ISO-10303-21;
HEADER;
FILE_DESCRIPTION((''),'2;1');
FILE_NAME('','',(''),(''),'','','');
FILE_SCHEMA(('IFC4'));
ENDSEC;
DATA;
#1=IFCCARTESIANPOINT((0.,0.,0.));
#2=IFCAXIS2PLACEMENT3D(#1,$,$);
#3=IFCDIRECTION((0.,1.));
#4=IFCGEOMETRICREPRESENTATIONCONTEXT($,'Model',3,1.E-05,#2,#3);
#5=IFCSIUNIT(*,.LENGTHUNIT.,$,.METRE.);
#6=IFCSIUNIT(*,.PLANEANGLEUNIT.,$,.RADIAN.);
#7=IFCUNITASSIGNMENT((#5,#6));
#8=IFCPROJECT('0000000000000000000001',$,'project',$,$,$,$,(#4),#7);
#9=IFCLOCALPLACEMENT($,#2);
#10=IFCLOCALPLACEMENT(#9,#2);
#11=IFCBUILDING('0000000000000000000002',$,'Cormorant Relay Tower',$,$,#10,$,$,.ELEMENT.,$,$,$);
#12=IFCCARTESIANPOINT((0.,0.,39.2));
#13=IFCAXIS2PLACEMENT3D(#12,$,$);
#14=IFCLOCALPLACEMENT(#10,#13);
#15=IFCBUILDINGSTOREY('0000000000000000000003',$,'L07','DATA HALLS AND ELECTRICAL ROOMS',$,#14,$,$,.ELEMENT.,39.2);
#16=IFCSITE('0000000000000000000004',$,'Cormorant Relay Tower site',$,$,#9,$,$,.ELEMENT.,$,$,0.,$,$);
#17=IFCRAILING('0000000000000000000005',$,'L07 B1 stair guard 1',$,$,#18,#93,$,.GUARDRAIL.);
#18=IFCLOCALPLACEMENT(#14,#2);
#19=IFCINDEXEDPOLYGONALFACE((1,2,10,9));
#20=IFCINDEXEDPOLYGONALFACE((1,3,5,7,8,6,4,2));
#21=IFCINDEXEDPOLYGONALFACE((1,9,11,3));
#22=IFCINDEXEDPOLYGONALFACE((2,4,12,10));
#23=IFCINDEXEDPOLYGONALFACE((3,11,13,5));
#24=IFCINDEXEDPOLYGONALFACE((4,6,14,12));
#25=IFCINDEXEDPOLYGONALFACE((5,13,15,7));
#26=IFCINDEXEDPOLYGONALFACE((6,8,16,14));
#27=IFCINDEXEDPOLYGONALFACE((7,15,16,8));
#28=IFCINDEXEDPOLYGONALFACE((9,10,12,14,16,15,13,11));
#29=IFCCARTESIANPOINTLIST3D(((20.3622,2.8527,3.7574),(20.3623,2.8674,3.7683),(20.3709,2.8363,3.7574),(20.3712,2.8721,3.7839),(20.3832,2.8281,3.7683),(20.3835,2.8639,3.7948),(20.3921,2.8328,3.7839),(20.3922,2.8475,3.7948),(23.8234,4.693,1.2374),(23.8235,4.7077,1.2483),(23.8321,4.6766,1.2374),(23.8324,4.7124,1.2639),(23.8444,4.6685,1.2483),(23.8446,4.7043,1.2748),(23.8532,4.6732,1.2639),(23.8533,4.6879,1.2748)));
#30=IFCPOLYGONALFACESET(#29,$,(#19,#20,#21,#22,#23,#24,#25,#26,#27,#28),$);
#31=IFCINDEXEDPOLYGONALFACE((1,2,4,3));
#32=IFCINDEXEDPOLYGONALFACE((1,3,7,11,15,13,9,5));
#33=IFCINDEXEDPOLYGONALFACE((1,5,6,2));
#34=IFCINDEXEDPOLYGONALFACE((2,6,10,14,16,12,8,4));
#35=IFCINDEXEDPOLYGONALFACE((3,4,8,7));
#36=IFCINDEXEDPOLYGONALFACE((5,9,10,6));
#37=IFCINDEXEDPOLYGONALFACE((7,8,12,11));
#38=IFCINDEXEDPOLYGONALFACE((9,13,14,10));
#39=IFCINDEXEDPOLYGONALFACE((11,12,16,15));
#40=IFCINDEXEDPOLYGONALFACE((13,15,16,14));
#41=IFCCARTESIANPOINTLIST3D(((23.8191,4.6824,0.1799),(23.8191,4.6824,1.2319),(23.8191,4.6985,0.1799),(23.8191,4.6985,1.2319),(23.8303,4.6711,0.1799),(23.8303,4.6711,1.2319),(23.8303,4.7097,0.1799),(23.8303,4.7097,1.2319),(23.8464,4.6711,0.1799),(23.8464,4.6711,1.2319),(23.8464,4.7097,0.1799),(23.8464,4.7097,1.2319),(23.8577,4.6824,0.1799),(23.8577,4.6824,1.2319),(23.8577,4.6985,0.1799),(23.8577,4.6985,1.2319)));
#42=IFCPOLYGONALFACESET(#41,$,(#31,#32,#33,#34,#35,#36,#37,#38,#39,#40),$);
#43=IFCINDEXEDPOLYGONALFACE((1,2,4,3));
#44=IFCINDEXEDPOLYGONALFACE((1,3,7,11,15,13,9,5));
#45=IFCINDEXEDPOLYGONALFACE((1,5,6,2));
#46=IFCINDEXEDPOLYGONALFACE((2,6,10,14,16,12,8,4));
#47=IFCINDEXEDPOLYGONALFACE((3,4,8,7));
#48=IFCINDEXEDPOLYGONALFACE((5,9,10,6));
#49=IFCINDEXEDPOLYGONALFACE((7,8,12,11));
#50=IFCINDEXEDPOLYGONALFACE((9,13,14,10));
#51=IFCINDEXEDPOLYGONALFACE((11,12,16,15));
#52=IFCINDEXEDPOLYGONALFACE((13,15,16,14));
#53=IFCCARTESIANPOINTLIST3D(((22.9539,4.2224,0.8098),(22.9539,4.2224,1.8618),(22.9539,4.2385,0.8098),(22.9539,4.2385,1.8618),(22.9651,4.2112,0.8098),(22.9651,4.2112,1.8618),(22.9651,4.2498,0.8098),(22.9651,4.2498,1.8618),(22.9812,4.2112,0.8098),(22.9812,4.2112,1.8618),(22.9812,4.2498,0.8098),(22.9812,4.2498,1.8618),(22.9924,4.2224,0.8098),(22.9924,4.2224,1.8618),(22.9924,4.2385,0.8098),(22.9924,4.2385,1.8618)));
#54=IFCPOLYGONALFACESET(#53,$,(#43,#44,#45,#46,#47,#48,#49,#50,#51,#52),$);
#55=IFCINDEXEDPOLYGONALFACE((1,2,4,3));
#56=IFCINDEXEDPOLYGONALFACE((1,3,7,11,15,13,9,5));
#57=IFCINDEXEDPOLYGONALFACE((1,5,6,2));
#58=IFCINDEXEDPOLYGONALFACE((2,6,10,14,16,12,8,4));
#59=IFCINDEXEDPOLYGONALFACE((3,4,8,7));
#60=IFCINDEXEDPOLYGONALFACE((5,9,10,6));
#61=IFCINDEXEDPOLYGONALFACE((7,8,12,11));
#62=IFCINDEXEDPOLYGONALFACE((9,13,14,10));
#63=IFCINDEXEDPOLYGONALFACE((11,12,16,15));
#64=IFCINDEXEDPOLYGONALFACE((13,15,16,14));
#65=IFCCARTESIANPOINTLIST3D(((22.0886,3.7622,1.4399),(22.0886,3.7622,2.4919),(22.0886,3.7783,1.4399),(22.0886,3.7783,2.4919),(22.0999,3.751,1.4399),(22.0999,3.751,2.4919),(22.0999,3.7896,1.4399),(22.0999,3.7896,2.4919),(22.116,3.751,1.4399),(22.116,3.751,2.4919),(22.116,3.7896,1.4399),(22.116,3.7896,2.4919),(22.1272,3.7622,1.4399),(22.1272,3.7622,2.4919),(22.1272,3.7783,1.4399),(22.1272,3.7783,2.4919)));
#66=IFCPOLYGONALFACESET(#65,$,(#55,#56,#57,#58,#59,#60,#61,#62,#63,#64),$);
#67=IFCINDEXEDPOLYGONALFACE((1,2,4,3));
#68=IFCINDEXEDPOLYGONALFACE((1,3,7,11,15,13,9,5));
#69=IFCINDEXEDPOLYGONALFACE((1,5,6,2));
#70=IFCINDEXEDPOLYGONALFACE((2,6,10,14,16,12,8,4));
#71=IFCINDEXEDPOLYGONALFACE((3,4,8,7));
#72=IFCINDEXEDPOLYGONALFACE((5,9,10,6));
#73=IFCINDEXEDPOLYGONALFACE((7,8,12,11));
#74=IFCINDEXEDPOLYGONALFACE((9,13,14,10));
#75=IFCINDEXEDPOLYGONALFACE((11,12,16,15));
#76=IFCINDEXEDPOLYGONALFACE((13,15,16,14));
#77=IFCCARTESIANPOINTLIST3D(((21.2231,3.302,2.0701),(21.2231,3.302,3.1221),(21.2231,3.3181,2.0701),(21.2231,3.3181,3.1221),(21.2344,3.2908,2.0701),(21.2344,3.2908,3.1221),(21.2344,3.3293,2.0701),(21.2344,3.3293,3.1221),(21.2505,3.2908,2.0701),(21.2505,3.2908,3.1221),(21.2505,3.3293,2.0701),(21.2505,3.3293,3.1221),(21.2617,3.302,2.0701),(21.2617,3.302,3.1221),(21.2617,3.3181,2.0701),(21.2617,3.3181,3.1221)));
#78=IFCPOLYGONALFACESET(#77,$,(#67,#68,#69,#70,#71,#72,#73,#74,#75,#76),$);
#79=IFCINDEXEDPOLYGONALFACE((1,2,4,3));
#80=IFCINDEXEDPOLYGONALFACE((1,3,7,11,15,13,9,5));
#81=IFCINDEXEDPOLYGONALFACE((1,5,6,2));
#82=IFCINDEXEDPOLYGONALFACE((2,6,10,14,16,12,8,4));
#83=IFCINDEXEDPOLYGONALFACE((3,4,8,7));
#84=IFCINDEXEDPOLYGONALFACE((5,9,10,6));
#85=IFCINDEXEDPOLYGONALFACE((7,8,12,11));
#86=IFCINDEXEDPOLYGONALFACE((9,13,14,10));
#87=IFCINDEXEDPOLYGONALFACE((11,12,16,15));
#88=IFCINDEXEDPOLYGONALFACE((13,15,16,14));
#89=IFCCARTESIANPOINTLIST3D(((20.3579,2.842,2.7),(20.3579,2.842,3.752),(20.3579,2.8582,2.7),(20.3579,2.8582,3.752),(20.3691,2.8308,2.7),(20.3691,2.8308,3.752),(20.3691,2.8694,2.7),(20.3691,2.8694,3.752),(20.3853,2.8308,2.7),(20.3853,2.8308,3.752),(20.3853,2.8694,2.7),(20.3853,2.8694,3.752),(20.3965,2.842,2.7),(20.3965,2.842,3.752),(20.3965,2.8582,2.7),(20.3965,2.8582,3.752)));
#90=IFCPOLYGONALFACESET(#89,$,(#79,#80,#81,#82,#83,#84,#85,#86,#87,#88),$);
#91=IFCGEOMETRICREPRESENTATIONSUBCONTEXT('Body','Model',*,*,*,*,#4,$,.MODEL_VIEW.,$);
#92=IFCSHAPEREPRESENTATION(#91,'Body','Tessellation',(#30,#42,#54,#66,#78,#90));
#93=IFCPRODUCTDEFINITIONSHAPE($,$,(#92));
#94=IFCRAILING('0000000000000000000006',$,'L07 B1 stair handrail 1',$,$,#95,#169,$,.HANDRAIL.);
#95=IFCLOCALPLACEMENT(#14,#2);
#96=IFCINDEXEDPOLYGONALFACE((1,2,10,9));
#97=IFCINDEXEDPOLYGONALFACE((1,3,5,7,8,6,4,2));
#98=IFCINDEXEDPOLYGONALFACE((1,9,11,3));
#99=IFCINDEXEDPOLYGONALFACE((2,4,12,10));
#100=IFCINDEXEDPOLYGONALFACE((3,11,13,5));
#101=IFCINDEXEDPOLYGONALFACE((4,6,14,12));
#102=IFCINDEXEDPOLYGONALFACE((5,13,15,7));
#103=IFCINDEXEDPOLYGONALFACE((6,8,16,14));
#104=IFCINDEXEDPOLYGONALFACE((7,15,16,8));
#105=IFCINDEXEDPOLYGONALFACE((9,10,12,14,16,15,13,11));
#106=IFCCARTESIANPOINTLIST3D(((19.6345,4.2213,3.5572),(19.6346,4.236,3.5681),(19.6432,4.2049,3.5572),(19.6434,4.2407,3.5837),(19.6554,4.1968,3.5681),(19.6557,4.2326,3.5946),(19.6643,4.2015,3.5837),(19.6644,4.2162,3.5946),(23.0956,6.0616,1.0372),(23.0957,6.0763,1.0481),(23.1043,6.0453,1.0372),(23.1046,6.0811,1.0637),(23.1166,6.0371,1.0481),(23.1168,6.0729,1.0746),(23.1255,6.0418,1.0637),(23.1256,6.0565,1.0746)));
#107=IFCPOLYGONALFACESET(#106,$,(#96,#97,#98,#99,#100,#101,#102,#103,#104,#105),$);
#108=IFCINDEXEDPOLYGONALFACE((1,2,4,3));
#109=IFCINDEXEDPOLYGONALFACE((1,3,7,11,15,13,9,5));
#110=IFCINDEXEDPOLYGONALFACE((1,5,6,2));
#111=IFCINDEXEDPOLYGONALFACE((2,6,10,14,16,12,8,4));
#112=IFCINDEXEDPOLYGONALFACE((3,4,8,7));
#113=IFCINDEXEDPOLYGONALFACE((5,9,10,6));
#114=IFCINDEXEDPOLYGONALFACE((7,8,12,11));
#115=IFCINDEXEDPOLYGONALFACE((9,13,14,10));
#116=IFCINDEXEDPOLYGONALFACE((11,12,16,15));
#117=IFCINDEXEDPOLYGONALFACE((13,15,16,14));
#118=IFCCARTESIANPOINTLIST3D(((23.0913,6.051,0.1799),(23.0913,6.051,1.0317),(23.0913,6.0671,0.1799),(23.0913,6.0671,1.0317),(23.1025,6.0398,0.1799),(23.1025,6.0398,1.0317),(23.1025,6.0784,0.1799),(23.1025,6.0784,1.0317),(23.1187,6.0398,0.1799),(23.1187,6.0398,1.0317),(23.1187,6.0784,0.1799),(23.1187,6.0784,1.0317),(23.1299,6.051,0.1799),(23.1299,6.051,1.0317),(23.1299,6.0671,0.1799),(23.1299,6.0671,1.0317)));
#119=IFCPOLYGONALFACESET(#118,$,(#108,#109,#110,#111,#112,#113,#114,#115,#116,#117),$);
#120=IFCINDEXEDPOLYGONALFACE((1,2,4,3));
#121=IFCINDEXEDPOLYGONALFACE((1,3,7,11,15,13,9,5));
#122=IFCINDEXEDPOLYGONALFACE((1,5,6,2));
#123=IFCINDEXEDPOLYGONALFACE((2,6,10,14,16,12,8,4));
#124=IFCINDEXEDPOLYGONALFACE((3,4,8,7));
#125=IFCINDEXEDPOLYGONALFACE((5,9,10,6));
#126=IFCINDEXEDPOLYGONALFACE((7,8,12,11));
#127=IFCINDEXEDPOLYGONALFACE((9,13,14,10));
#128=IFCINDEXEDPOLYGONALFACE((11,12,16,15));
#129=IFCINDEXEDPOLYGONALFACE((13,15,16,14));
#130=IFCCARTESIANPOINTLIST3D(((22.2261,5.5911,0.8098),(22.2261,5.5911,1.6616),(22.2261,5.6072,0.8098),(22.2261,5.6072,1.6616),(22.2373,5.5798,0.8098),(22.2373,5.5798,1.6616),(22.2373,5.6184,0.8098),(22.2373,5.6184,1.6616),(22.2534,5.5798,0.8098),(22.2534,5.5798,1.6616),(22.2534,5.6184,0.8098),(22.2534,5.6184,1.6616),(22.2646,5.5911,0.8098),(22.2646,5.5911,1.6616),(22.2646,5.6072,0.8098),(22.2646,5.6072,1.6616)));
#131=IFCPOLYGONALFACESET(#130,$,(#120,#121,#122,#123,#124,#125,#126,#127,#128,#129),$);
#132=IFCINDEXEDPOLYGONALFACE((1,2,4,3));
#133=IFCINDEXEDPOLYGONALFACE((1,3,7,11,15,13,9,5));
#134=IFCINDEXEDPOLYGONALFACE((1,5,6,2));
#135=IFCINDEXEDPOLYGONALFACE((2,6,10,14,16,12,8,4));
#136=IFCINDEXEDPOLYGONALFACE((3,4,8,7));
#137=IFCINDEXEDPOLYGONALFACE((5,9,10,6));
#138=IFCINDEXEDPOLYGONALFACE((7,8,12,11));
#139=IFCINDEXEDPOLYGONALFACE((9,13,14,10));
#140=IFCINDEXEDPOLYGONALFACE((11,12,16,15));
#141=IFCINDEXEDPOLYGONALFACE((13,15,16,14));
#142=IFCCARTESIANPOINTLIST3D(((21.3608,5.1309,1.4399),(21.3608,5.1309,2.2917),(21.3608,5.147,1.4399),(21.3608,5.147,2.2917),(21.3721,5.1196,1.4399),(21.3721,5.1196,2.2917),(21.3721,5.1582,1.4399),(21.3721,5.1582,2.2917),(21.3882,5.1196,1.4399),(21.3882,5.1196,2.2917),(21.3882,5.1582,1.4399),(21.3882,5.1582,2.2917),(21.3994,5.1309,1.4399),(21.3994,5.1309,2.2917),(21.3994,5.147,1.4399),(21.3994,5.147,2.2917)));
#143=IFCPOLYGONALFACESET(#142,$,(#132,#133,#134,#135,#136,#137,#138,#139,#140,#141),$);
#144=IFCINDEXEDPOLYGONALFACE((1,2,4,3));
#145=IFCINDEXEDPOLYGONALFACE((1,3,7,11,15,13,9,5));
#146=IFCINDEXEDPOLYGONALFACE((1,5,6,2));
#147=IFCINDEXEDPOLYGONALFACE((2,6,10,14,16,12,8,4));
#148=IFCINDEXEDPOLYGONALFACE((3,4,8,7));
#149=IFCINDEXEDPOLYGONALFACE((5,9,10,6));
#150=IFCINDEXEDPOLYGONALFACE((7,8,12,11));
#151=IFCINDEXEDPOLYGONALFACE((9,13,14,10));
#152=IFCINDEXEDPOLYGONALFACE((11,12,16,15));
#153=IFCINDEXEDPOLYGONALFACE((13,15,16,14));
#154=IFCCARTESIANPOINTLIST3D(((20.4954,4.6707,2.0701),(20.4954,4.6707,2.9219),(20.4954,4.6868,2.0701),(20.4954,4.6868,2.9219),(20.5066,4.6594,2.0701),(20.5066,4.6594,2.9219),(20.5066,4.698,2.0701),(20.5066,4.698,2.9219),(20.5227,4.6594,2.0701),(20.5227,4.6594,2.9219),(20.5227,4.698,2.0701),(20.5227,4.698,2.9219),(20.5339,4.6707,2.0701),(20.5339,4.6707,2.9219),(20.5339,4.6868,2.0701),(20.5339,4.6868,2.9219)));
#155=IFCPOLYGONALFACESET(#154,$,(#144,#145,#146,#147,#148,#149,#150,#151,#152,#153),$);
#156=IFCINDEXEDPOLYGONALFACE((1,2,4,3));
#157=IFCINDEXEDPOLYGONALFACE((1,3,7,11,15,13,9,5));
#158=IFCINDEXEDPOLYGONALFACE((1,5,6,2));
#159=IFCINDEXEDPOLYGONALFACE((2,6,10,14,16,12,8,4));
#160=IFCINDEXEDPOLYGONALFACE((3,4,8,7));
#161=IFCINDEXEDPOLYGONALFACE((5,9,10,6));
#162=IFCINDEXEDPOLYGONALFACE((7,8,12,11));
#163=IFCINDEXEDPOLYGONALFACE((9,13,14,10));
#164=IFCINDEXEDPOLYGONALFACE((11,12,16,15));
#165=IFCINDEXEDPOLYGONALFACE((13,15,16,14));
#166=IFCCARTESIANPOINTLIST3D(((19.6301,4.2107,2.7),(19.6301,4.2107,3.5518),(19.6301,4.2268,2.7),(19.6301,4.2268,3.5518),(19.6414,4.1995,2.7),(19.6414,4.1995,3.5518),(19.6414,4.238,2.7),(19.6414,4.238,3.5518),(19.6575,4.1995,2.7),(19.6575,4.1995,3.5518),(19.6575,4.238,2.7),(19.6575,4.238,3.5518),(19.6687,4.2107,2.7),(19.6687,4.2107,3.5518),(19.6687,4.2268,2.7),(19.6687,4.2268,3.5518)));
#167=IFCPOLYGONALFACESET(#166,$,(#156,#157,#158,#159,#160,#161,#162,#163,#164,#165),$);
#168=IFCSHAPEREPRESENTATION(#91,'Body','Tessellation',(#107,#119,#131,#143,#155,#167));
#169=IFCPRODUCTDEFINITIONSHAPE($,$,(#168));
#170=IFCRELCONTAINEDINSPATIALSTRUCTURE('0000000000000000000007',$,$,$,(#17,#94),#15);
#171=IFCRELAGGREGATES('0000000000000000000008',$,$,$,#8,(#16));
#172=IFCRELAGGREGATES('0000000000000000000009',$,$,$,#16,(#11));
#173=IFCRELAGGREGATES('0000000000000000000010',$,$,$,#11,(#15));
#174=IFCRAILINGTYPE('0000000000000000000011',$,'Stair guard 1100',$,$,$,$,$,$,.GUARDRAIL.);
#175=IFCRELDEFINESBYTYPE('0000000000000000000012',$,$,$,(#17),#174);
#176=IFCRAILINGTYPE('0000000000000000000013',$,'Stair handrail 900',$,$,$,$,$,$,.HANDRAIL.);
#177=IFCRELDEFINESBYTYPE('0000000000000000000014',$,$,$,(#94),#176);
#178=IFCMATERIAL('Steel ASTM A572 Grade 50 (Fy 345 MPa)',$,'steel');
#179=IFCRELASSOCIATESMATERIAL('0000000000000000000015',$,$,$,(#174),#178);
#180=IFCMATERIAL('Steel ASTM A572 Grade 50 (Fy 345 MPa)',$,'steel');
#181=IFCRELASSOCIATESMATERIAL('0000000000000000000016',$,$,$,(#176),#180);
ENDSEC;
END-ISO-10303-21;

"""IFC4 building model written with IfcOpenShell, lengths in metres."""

from ifc_helpers import new_model, si_unit, direction, frame, origin, place, context, subcontext, project, spatial, polyline, outline, extrude, material, type_object, element, save


model = new_model("IFC4")

# Units and contexts
model_context = context("Model", 3, precision=1e-05, world=origin(), true_north=direction((0.0, 1.0)))
body_context = subcontext(model_context, "Body", "Model", "MODEL_VIEW")
ifc_project = project(units=[si_unit("LENGTHUNIT", "METRE"), si_unit("PLANEANGLEUNIT", "RADIAN")], contexts=[model_context])

# Site, building, storey
site_placement = place(None, origin())
site = spatial("IfcSite", under=ifc_project, at=site_placement, Name="Cormorant Relay Tower site", CompositionType="ELEMENT", RefElevation=0.0)
building_placement = place(site_placement, origin())
building = spatial("IfcBuilding", under=site, at=building_placement, Name="Cormorant Relay Tower", CompositionType="ELEMENT")
storey_placement = place(building_placement, frame((0.0, 0.0, 39.2)))
storey = spatial("IfcBuildingStorey", under=building, at=storey_placement, Name="L07", Description="DATA HALLS AND ELECTRICAL ROOMS", CompositionType="ELEMENT", Elevation=39.2)

# Railings
ifc_material_1 = material(Name="Steel ASTM A572 Grade 50 (Fy 345 MPa)", Category="steel")
railing_type_1 = type_object("IfcRailingType", Name="Stair guard 1100", PredefinedType="GUARDRAIL", material=ifc_material_1)
railing_1_placement = place(storey_placement, frame((23.8384, 4.6904, 0.1799)))
element("IfcRailing", 1, at=railing_1_placement, inside=storey, type_object=railing_type_1, Name="L07 B1 stair guard 1", PredefinedType="GUARDRAIL", context=body_context, shape_type="SweptSolid", body=[
    extrude(outline(polyline([(0.0222, 0.0093), (0.0093, 0.0222), (-0.0093, 0.0222), (-0.0222, 0.0093), (-0.0222, -0.0093), (-0.0093, -0.0222), (0.0093, -0.0222), (0.0222, -0.0093), (0.0222, 0.0093)])), frame((0.0, 0.0, 1.0762), z_axis=(-0.742717, -0.394907, 0.540758), x_axis=(0.469469, -0.882949, 0.0)), (0.0, 0.0, 1.0), 4.6602),
    extrude(outline(polyline([(0.0193, 0.0081), (0.0081, 0.0193), (-0.0081, 0.0193), (-0.0193, 0.0081), (-0.0193, -0.0081), (-0.0081, -0.0193), (0.0081, -0.0193), (0.0193, -0.0081), (0.0193, 0.0081)])), origin(), (0.0, 0.0, 1.0), 1.052),
    extrude(outline(polyline([(0.0193, 0.0081), (0.0081, 0.0193), (-0.0081, 0.0193), (-0.0193, 0.0081), (-0.0193, -0.0081), (-0.0081, -0.0193), (0.0081, -0.0193), (0.0193, -0.0081), (0.0193, 0.0081)])), frame((-0.8652, -0.46, 0.6299)), (0.0, 0.0, 1.0), 1.052),
    extrude(outline(polyline([(0.0193, 0.0081), (0.0081, 0.0193), (-0.0081, 0.0193), (-0.0193, 0.0081), (-0.0193, -0.0081), (-0.0081, -0.0193), (0.0081, -0.0193), (0.0193, -0.0081), (0.0193, 0.0081)])), frame((-1.7305, -0.9202, 1.26)), (0.0, 0.0, 1.0), 1.052),
    extrude(outline(polyline([(0.0193, 0.0081), (0.0081, 0.0193), (-0.0081, 0.0193), (-0.0193, 0.0081), (-0.0193, -0.0081), (-0.0081, -0.0193), (0.0081, -0.0193), (0.0193, -0.0081), (0.0193, 0.0081)])), frame((-2.5959, -1.3804, 1.8901)), (0.0, 0.0, 1.0), 1.052),
    extrude(outline(polyline([(0.0193, 0.0081), (0.0081, 0.0193), (-0.0081, 0.0193), (-0.0193, 0.0081), (-0.0193, -0.0081), (-0.0081, -0.0193), (0.0081, -0.0193), (0.0193, -0.0081), (0.0193, 0.0081)])), frame((-3.4612, -1.8403, 2.52)), (0.0, 0.0, 1.0), 1.052),
])
ifc_material_2 = material(Name="Steel ASTM A572 Grade 50 (Fy 345 MPa)", Category="steel")
railing_type_2 = type_object("IfcRailingType", Name="Stair handrail 900", PredefinedType="HANDRAIL", material=ifc_material_2)
railing_2_placement = place(storey_placement, frame((23.1106, 6.0591, 0.1799)))
element("IfcRailing", 2, at=railing_2_placement, inside=storey, type_object=railing_type_2, Name="L07 B1 stair handrail 1", PredefinedType="HANDRAIL", context=body_context, shape_type="SweptSolid", body=[
    extrude(outline(polyline([(0.0222, 0.0093), (0.0093, 0.0222), (-0.0093, 0.0222), (-0.0222, 0.0093), (-0.0222, -0.0093), (-0.0093, -0.0222), (0.0093, -0.0222), (0.0222, -0.0093), (0.0222, 0.0093)])), frame((0.0, 0.0, 0.876), z_axis=(-0.742717, -0.394907, 0.540758), x_axis=(0.469469, -0.882949, 0.0)), (0.0, 0.0, 1.0), 4.6602),
    extrude(outline(polyline([(0.0193, 0.0081), (0.0081, 0.0193), (-0.0081, 0.0193), (-0.0193, 0.0081), (-0.0193, -0.0081), (-0.0081, -0.0193), (0.0081, -0.0193), (0.0193, -0.0081), (0.0193, 0.0081)])), origin(), (0.0, 0.0, 1.0), 0.8518),
    extrude(outline(polyline([(0.0193, 0.0081), (0.0081, 0.0193), (-0.0081, 0.0193), (-0.0193, 0.0081), (-0.0193, -0.0081), (-0.0081, -0.0193), (0.0081, -0.0193), (0.0193, -0.0081), (0.0193, 0.0081)])), frame((-0.8652, -0.46, 0.6299)), (0.0, 0.0, 1.0), 0.8518),
    extrude(outline(polyline([(0.0193, 0.0081), (0.0081, 0.0193), (-0.0081, 0.0193), (-0.0193, 0.0081), (-0.0193, -0.0081), (-0.0081, -0.0193), (0.0081, -0.0193), (0.0193, -0.0081), (0.0193, 0.0081)])), frame((-1.7305, -0.9202, 1.26)), (0.0, 0.0, 1.0), 0.8518),
    extrude(outline(polyline([(0.0193, 0.0081), (0.0081, 0.0193), (-0.0081, 0.0193), (-0.0193, 0.0081), (-0.0193, -0.0081), (-0.0081, -0.0193), (0.0081, -0.0193), (0.0193, -0.0081), (0.0193, 0.0081)])), frame((-2.5959, -1.3804, 1.8901)), (0.0, 0.0, 1.0), 0.8518),
    extrude(outline(polyline([(0.0193, 0.0081), (0.0081, 0.0193), (-0.0081, 0.0193), (-0.0193, 0.0081), (-0.0193, -0.0081), (-0.0081, -0.0193), (0.0081, -0.0193), (0.0193, -0.0081), (0.0193, 0.0081)])), frame((-3.4612, -1.8403, 2.52)), (0.0, 0.0, 1.0), 0.8518),
])

save(model, "model.ifc")
